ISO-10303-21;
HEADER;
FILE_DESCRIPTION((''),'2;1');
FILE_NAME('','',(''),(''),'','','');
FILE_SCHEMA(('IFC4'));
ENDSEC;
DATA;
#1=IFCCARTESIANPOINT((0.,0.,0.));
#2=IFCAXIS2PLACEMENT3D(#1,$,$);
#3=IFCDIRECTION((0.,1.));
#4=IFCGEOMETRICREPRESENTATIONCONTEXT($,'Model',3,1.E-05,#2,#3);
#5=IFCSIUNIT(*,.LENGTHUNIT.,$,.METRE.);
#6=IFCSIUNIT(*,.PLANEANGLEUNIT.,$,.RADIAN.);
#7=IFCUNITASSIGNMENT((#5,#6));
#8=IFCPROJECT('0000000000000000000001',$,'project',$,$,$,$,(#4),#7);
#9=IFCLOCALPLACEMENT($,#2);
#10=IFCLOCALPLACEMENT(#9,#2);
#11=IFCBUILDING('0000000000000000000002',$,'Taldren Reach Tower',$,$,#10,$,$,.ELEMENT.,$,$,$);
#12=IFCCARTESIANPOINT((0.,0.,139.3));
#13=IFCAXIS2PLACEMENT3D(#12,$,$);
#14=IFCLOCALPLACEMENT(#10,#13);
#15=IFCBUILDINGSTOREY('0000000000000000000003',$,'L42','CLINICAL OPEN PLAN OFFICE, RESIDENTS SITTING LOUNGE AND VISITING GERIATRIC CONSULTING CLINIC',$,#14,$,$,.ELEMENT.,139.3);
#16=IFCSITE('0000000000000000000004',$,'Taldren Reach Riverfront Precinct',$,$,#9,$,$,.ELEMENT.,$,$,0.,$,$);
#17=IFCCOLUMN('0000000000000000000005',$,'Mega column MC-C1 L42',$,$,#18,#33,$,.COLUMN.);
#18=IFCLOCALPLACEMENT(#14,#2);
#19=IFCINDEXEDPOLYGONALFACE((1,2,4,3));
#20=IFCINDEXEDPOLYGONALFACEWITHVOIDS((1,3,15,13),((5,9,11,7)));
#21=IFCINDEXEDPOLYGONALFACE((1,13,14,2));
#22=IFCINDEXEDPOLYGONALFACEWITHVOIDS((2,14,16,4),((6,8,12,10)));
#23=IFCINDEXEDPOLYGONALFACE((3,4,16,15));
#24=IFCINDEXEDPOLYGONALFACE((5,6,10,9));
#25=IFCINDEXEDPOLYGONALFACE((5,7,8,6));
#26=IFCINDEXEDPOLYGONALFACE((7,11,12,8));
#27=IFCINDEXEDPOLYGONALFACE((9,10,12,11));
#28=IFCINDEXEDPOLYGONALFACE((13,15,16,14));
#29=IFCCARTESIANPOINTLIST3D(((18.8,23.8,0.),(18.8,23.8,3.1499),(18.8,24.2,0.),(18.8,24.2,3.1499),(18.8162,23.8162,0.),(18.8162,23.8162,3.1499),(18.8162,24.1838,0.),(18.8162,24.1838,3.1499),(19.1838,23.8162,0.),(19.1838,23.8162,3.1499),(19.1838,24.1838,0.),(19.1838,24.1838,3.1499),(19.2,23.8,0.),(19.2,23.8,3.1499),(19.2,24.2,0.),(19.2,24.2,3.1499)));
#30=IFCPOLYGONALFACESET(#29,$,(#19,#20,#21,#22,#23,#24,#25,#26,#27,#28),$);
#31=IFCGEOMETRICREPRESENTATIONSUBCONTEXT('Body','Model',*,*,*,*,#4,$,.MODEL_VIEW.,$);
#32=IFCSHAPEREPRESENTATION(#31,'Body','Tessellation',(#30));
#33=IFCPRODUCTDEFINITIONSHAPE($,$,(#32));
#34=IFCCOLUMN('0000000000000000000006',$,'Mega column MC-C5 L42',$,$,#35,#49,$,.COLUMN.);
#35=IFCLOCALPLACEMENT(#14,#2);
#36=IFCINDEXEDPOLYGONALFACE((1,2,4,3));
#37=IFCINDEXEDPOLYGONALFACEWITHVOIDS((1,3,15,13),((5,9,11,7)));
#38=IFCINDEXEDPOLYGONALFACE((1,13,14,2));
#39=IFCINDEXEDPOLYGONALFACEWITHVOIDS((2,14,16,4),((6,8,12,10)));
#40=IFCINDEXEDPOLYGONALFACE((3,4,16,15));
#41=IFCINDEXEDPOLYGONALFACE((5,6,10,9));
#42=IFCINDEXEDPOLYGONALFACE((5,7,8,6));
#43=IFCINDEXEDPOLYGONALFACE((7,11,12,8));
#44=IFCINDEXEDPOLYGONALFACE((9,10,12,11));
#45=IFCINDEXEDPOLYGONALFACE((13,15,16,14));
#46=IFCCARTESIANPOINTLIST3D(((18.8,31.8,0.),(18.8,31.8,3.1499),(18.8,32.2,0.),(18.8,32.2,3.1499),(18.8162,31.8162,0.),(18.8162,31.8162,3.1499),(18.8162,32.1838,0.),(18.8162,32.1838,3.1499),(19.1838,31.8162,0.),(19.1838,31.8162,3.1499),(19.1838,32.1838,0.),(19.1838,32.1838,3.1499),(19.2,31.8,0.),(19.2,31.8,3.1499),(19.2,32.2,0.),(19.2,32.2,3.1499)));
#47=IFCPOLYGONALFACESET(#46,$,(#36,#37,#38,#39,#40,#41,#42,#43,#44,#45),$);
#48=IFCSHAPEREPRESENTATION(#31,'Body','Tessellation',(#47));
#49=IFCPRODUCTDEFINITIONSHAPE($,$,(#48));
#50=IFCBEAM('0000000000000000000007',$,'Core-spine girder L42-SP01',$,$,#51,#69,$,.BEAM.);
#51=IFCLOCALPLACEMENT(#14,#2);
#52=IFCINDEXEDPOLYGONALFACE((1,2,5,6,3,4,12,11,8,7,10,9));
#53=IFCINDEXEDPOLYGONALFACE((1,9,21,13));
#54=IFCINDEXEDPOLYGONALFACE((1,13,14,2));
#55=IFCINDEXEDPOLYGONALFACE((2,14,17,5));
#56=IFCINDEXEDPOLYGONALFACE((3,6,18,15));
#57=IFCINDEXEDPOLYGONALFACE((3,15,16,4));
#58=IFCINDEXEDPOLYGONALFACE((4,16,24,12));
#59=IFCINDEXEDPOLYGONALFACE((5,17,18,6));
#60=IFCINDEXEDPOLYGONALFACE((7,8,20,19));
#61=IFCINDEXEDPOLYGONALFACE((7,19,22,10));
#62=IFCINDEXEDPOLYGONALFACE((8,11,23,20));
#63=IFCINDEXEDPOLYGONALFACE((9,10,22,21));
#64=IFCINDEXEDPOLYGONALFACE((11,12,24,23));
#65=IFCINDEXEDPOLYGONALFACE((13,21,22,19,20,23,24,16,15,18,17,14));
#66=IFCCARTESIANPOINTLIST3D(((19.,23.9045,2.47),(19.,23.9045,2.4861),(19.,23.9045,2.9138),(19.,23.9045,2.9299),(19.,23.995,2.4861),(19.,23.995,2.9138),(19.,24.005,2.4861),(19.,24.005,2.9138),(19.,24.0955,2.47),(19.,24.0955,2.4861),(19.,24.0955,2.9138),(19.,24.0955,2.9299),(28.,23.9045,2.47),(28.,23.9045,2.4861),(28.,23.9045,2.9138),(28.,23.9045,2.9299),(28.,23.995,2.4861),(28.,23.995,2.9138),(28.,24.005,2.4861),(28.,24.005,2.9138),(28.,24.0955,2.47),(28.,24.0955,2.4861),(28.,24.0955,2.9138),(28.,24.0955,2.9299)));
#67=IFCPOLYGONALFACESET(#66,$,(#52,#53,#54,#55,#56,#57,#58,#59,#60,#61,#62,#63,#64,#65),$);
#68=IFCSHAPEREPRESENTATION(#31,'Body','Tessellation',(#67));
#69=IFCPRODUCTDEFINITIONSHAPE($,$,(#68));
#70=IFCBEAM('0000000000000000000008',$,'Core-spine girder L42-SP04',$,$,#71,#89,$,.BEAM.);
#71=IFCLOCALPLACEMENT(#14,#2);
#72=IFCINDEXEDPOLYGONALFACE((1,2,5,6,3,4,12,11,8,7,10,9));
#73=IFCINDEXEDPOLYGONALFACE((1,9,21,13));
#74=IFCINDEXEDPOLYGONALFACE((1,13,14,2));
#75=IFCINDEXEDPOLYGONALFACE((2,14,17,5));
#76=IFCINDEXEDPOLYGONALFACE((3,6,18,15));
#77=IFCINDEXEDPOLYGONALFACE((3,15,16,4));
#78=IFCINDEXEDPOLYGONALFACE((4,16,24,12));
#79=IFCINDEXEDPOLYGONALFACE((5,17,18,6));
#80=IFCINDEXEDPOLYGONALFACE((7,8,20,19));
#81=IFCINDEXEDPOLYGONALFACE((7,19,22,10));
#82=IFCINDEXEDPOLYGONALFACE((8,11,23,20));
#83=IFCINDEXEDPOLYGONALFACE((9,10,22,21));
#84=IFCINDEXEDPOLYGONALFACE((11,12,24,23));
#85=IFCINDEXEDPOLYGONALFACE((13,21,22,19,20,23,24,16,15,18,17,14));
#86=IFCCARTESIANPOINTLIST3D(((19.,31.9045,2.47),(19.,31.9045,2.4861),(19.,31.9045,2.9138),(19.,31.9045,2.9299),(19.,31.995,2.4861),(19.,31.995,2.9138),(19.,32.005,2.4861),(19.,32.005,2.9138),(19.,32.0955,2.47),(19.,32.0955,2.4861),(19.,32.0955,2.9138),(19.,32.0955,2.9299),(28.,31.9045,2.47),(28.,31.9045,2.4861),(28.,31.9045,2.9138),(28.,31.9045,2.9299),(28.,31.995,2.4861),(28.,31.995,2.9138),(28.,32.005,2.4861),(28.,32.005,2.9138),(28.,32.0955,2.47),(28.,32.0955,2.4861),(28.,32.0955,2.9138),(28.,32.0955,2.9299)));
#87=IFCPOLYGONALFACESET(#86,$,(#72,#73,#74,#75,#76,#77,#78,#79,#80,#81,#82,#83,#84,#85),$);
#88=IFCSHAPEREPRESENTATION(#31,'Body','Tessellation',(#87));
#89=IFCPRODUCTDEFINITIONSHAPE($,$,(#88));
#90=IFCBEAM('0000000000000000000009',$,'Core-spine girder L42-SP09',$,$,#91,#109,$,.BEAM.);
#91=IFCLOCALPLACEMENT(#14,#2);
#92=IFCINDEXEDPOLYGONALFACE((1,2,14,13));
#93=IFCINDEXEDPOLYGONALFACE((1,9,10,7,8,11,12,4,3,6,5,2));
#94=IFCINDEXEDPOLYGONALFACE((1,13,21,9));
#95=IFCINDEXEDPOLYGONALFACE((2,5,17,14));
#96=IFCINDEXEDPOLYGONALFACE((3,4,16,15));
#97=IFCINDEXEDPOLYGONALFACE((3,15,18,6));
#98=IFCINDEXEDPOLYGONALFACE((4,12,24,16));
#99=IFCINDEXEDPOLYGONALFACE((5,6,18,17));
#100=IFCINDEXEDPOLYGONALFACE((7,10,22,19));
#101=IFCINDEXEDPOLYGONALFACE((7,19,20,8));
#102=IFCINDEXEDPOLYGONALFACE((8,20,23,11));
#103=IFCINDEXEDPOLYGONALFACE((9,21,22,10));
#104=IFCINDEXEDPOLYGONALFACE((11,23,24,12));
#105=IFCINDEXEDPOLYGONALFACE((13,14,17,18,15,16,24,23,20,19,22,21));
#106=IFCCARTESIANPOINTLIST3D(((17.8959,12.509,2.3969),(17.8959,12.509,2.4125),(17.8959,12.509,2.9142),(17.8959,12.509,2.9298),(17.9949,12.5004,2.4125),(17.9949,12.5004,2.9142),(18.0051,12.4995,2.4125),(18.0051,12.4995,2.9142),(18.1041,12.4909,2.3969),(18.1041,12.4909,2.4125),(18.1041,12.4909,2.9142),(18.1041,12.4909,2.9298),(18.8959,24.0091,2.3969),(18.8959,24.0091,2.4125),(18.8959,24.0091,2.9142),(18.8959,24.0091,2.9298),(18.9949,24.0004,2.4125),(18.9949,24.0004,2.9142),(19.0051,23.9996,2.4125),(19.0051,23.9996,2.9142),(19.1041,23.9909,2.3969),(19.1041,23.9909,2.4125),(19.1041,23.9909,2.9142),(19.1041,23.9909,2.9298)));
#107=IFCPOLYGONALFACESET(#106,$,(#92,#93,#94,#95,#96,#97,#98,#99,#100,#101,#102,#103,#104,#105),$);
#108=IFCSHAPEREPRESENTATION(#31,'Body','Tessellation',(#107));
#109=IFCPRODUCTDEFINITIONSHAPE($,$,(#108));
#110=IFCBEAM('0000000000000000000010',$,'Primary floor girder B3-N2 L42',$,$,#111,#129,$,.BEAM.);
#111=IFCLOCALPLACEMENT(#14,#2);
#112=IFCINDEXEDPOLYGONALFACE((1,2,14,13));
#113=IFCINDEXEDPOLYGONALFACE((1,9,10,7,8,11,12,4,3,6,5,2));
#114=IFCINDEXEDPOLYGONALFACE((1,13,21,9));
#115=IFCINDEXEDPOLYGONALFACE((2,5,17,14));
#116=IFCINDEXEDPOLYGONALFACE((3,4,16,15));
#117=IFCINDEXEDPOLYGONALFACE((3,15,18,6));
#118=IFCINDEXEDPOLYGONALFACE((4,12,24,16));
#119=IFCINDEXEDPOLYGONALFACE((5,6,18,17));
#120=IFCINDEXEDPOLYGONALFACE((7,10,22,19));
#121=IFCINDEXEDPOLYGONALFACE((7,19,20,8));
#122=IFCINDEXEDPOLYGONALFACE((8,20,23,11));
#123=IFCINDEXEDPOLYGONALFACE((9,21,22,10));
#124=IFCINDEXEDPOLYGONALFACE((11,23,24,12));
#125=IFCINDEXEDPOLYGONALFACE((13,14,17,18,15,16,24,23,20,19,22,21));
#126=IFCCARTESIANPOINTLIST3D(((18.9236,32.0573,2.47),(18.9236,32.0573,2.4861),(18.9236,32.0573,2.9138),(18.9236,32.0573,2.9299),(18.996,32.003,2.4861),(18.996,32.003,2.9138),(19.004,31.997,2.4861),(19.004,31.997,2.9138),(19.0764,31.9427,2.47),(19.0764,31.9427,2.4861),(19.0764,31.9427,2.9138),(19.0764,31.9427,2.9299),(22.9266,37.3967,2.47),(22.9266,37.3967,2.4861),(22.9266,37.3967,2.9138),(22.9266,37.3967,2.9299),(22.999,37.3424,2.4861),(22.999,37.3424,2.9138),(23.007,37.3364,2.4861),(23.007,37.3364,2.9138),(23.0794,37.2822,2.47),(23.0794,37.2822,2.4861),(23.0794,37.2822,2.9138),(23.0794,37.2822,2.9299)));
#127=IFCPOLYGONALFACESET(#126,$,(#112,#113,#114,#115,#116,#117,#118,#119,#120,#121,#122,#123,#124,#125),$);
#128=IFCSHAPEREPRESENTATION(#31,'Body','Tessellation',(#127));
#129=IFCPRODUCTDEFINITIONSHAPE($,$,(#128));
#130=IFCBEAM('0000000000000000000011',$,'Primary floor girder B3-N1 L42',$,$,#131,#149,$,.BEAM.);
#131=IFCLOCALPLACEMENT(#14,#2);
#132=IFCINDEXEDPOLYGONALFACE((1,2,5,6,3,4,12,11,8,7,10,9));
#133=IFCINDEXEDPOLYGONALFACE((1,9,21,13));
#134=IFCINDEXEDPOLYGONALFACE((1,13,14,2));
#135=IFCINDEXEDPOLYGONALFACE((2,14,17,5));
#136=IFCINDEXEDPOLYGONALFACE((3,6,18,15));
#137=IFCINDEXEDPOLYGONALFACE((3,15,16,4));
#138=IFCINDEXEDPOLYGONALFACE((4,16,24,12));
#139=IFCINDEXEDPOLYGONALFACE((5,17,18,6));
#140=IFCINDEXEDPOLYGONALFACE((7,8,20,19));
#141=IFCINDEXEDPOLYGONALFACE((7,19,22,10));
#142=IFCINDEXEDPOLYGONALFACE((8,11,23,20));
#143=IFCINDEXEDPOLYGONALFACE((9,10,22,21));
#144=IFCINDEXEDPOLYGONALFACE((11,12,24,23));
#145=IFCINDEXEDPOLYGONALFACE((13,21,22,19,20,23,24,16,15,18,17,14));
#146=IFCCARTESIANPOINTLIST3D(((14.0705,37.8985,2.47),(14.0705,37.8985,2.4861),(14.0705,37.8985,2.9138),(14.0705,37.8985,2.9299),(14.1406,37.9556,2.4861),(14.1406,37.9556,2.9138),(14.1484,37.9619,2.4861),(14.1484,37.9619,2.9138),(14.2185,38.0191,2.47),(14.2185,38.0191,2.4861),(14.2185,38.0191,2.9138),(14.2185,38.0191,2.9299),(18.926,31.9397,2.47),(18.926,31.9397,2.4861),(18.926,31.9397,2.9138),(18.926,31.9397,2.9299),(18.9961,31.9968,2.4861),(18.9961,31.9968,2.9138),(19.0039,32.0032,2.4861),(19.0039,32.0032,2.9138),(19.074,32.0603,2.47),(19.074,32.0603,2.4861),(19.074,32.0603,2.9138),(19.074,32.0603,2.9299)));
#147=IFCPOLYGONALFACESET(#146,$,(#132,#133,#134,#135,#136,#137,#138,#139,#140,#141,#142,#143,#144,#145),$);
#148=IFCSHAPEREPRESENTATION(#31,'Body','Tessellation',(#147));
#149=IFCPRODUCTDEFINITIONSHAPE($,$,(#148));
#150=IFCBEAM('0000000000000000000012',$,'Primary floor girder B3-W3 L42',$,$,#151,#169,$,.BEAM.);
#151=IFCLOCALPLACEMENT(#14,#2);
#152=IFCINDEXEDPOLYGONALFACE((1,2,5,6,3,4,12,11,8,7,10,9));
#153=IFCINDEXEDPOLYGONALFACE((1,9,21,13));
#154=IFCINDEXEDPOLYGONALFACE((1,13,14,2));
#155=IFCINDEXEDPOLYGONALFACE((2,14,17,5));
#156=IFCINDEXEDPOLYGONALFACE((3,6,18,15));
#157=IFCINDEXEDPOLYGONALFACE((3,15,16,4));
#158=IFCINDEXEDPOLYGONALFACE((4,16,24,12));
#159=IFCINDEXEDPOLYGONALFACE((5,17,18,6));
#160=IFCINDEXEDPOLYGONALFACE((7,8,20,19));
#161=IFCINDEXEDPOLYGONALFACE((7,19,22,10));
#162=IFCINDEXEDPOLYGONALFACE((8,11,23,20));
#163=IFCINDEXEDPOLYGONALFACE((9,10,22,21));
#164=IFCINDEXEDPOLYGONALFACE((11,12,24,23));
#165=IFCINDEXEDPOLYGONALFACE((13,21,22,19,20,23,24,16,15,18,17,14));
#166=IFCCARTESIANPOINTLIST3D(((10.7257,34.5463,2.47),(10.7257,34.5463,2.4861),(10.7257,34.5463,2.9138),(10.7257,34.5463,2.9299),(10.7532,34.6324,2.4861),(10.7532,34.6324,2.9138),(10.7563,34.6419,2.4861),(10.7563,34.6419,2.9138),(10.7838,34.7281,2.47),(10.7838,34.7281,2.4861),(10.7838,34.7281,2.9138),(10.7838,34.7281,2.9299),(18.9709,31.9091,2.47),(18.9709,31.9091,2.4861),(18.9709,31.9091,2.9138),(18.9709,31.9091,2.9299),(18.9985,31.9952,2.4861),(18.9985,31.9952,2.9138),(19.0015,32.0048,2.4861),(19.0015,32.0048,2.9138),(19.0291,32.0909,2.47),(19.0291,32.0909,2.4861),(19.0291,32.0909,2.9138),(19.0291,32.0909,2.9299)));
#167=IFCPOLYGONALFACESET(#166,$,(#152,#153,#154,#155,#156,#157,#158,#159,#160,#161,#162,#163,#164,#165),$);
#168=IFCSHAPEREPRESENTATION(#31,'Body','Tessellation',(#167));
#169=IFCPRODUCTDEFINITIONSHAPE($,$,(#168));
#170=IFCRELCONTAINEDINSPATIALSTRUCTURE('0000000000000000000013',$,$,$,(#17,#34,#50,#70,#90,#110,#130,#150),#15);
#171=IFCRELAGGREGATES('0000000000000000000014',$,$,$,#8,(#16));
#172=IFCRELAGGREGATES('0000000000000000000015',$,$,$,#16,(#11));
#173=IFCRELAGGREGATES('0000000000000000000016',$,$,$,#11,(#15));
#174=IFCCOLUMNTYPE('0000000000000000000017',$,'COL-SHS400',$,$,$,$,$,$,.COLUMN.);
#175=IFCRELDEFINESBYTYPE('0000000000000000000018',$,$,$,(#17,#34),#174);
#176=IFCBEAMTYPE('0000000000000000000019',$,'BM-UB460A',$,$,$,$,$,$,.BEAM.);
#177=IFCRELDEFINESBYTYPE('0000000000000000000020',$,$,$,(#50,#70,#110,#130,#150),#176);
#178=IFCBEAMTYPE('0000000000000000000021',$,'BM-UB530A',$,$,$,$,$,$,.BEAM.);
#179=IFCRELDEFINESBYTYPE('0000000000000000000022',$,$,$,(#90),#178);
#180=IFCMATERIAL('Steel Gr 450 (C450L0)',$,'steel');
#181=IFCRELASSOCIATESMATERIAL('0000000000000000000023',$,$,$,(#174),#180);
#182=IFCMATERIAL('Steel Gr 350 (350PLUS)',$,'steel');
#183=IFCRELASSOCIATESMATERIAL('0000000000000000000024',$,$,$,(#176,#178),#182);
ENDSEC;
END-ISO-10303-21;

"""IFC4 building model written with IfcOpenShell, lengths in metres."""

from ifc_helpers import new_model, si_unit, direction, frame, origin, origin_2d, place, context, subcontext, project, spatial, hollow_rectangle, i_section, extrude, source, transform, mapped, material, material_profile, profile_set, type_object, element, save


model = new_model("IFC4")

# Units and contexts
model_context = context("Model", 3, precision=1e-05, world=origin(), true_north=direction((0.0, 1.0)))
body_context = subcontext(model_context, "Body", "Model", "MODEL_VIEW")
ifc_project = project(units=[si_unit("LENGTHUNIT", "METRE"), si_unit("PLANEANGLEUNIT", "RADIAN")], contexts=[model_context])

# Site, building, storey
site_placement = place(None, origin())
site = spatial("IfcSite", under=ifc_project, at=site_placement, Name="Taldren Reach Riverfront Precinct", CompositionType="ELEMENT", RefElevation=0.0)
building_placement = place(site_placement, origin())
building = spatial("IfcBuilding", under=site, at=building_placement, Name="Taldren Reach Tower", CompositionType="ELEMENT")
storey_placement = place(building_placement, frame((0.0, 0.0, 139.3)))
storey = spatial("IfcBuildingStorey", under=building, at=storey_placement, Name="L42", Description="CLINICAL OPEN PLAN OFFICE, RESIDENTS SITTING LOUNGE AND VISITING GERIATRIC CONSULTING CLINIC", CompositionType="ELEMENT", Elevation=139.3)

# Columns
ifc_material_1 = material(Name="Steel Gr 450 (C450L0)", Category="steel")
ifc_material_profile_1 = material_profile(ifc_material_1, hollow_rectangle(XDim=0.3999, YDim=0.3999, WallThickness=0.0161, at=origin_2d()), Name="400x400x16.0SHS")
ifc_profile_set_1 = profile_set([ifc_material_profile_1], Name="Steel Gr 450 (C450L0)")
column_type = type_object("IfcColumnType", Name="COL-SHS400", PredefinedType="COLUMN", material=ifc_profile_set_1)
shared_shape_1 = source(origin(), body_context, "Body", "SweptSolid", [
    extrude(hollow_rectangle(XDim=0.3999, YDim=0.3999, WallThickness=0.0161, at=origin_2d()), origin(), (0.0, 0.0, 1.0), 3.1499),
])
for number, where, z_axis, x_axis, name in (
    (1, (19.0, 24.0, 0.0), (0.0, 0.0, 1.0), (1.0, 0.0, 0.0), "Mega column MC-C1 L42"),
    (2, (19.0, 32.0, 0.0), (0.0, 0.0, 1.0), (1.0, 0.0, 0.0), "Mega column MC-C5 L42"),
):
    element("IfcColumn", number, at=place(storey_placement, frame(where, z_axis=z_axis, x_axis=x_axis)), inside=storey, type_object=column_type, Name=name, PredefinedType="COLUMN", context=body_context, shape_type="MappedRepresentation", body=[
        mapped(shared_shape_1, transform((0.0, 0.0, 0.0), scale=1.0)),
    ])

# Beams
ifc_material_2 = material(Name="Steel Gr 350 (350PLUS)", Category="steel")
ifc_material_profile_2 = material_profile(ifc_material_2, i_section(OverallWidth=0.1909, OverallDepth=0.46, WebThickness=0.01, FlangeThickness=0.0161, at=origin_2d()), Name="460UB82.1")
ifc_profile_set_2 = profile_set([ifc_material_profile_2], Name="Steel Gr 350 (350PLUS)")
beam_type_1 = type_object("IfcBeamType", Name="BM-UB460A", PredefinedType="BEAM", material=ifc_profile_set_2)
shared_shape_2 = source(origin(), body_context, "Body", "SweptSolid", [
    extrude(i_section(OverallWidth=0.1909, OverallDepth=0.46, WebThickness=0.01, FlangeThickness=0.0161, at=origin_2d()), origin(), (0.0, 0.0, 1.0), 9.0),
])
for number, where, z_axis, x_axis, name in (
    (3, (19.0, 24.0, 2.7), (1.0, 0.0, 0.0), (0.0, 1.0, 0.0), "Core-spine girder L42-SP01"),
    (4, (19.0, 32.0, 2.7), (1.0, 0.0, 0.0), (0.0, 1.0, 0.0), "Core-spine girder L42-SP04"),
):
    element("IfcBeam", number, at=place(storey_placement, frame(where, z_axis=z_axis, x_axis=x_axis)), inside=storey, type_object=beam_type_1, Name=name, PredefinedType="BEAM", context=body_context, shape_type="MappedRepresentation", body=[
        mapped(shared_shape_2, transform((0.0, 0.0, 0.0), scale=1.0)),
    ])
ifc_material_profile_3 = material_profile(ifc_material_2, i_section(OverallWidth=0.209, OverallDepth=0.533, WebThickness=0.0103, FlangeThickness=0.0156, at=origin_2d()), Name="530UB92.4")
ifc_profile_set_3 = profile_set([ifc_material_profile_3], Name="Steel Gr 350 (350PLUS)")
beam_type_2 = type_object("IfcBeamType", Name="BM-UB530A", PredefinedType="BEAM", material=ifc_profile_set_3)
shared_shape_3 = source(origin(), body_context, "Body", "SweptSolid", [
    extrude(i_section(OverallWidth=0.209, OverallDepth=0.533, WebThickness=0.0103, FlangeThickness=0.0156, at=origin_2d()), origin(), (0.0, 0.0, 1.0), 11.5435),
])
beam_1_placement = place(storey_placement, frame((19.0, 24.0, 2.6633), z_axis=(-0.08663, -0.996241, 0.0), x_axis=(0.996241, -0.08663, 0.0)))
element("IfcBeam", 5, at=beam_1_placement, inside=storey, type_object=beam_type_2, Name="Core-spine girder L42-SP09", PredefinedType="BEAM", context=body_context, shape_type="MappedRepresentation", body=[
    mapped(shared_shape_3, transform((0.0, 0.0, 0.0), scale=1.0)),
])
shared_shape_4 = source(origin(), body_context, "Body", "SweptSolid", [
    extrude(i_section(OverallWidth=0.1909, OverallDepth=0.46, WebThickness=0.01, FlangeThickness=0.0161, at=origin_2d()), origin(), (0.0, 0.0, 1.0), 6.6733),
])
beam_2_placement = place(storey_placement, frame((19.0, 32.0, 2.7), z_axis=(0.599848, 0.800114, 0.0), x_axis=(-0.800114, 0.599848, 0.0)))
element("IfcBeam", 6, at=beam_2_placement, inside=storey, type_object=beam_type_1, Name="Primary floor girder B3-N2 L42", PredefinedType="BEAM", context=body_context, shape_type="MappedRepresentation", body=[
    mapped(shared_shape_4, transform((0.0, 0.0, 0.0), scale=1.0)),
])
shared_shape_5 = source(origin(), body_context, "Body", "SweptSolid", [
    extrude(i_section(OverallWidth=0.1909, OverallDepth=0.46, WebThickness=0.01, FlangeThickness=0.0161, at=origin_2d()), origin(), (0.0, 0.0, 1.0), 7.6865),
])
beam_3_placement = place(storey_placement, frame((19.0, 32.0, 2.7), z_axis=(-0.631689, 0.775222, 0.0), x_axis=(-0.775222, -0.631689, 0.0)))
element("IfcBeam", 7, at=beam_3_placement, inside=storey, type_object=beam_type_1, Name="Primary floor girder B3-N1 L42", PredefinedType="BEAM", context=body_context, shape_type="MappedRepresentation", body=[
    mapped(shared_shape_5, transform((0.0, 0.0, 0.0), scale=1.0)),
])
shared_shape_6 = source(origin(), body_context, "Body", "SweptSolid", [
    extrude(i_section(OverallWidth=0.1909, OverallDepth=0.46, WebThickness=0.01, FlangeThickness=0.0161, at=origin_2d()), origin(), (0.0, 0.0, 1.0), 8.6567),
])
beam_4_placement = place(storey_placement, frame((19.0, 32.0, 2.7), z_axis=(-0.952468, 0.304639, 0.0), x_axis=(-0.304639, -0.952468, 0.0)))
element("IfcBeam", 8, at=beam_4_placement, inside=storey, type_object=beam_type_1, Name="Primary floor girder B3-W3 L42", PredefinedType="BEAM", context=body_context, shape_type="MappedRepresentation", body=[
    mapped(shared_shape_6, transform((0.0, 0.0, 0.0), scale=1.0)),
])

save(model, "model.ifc")
